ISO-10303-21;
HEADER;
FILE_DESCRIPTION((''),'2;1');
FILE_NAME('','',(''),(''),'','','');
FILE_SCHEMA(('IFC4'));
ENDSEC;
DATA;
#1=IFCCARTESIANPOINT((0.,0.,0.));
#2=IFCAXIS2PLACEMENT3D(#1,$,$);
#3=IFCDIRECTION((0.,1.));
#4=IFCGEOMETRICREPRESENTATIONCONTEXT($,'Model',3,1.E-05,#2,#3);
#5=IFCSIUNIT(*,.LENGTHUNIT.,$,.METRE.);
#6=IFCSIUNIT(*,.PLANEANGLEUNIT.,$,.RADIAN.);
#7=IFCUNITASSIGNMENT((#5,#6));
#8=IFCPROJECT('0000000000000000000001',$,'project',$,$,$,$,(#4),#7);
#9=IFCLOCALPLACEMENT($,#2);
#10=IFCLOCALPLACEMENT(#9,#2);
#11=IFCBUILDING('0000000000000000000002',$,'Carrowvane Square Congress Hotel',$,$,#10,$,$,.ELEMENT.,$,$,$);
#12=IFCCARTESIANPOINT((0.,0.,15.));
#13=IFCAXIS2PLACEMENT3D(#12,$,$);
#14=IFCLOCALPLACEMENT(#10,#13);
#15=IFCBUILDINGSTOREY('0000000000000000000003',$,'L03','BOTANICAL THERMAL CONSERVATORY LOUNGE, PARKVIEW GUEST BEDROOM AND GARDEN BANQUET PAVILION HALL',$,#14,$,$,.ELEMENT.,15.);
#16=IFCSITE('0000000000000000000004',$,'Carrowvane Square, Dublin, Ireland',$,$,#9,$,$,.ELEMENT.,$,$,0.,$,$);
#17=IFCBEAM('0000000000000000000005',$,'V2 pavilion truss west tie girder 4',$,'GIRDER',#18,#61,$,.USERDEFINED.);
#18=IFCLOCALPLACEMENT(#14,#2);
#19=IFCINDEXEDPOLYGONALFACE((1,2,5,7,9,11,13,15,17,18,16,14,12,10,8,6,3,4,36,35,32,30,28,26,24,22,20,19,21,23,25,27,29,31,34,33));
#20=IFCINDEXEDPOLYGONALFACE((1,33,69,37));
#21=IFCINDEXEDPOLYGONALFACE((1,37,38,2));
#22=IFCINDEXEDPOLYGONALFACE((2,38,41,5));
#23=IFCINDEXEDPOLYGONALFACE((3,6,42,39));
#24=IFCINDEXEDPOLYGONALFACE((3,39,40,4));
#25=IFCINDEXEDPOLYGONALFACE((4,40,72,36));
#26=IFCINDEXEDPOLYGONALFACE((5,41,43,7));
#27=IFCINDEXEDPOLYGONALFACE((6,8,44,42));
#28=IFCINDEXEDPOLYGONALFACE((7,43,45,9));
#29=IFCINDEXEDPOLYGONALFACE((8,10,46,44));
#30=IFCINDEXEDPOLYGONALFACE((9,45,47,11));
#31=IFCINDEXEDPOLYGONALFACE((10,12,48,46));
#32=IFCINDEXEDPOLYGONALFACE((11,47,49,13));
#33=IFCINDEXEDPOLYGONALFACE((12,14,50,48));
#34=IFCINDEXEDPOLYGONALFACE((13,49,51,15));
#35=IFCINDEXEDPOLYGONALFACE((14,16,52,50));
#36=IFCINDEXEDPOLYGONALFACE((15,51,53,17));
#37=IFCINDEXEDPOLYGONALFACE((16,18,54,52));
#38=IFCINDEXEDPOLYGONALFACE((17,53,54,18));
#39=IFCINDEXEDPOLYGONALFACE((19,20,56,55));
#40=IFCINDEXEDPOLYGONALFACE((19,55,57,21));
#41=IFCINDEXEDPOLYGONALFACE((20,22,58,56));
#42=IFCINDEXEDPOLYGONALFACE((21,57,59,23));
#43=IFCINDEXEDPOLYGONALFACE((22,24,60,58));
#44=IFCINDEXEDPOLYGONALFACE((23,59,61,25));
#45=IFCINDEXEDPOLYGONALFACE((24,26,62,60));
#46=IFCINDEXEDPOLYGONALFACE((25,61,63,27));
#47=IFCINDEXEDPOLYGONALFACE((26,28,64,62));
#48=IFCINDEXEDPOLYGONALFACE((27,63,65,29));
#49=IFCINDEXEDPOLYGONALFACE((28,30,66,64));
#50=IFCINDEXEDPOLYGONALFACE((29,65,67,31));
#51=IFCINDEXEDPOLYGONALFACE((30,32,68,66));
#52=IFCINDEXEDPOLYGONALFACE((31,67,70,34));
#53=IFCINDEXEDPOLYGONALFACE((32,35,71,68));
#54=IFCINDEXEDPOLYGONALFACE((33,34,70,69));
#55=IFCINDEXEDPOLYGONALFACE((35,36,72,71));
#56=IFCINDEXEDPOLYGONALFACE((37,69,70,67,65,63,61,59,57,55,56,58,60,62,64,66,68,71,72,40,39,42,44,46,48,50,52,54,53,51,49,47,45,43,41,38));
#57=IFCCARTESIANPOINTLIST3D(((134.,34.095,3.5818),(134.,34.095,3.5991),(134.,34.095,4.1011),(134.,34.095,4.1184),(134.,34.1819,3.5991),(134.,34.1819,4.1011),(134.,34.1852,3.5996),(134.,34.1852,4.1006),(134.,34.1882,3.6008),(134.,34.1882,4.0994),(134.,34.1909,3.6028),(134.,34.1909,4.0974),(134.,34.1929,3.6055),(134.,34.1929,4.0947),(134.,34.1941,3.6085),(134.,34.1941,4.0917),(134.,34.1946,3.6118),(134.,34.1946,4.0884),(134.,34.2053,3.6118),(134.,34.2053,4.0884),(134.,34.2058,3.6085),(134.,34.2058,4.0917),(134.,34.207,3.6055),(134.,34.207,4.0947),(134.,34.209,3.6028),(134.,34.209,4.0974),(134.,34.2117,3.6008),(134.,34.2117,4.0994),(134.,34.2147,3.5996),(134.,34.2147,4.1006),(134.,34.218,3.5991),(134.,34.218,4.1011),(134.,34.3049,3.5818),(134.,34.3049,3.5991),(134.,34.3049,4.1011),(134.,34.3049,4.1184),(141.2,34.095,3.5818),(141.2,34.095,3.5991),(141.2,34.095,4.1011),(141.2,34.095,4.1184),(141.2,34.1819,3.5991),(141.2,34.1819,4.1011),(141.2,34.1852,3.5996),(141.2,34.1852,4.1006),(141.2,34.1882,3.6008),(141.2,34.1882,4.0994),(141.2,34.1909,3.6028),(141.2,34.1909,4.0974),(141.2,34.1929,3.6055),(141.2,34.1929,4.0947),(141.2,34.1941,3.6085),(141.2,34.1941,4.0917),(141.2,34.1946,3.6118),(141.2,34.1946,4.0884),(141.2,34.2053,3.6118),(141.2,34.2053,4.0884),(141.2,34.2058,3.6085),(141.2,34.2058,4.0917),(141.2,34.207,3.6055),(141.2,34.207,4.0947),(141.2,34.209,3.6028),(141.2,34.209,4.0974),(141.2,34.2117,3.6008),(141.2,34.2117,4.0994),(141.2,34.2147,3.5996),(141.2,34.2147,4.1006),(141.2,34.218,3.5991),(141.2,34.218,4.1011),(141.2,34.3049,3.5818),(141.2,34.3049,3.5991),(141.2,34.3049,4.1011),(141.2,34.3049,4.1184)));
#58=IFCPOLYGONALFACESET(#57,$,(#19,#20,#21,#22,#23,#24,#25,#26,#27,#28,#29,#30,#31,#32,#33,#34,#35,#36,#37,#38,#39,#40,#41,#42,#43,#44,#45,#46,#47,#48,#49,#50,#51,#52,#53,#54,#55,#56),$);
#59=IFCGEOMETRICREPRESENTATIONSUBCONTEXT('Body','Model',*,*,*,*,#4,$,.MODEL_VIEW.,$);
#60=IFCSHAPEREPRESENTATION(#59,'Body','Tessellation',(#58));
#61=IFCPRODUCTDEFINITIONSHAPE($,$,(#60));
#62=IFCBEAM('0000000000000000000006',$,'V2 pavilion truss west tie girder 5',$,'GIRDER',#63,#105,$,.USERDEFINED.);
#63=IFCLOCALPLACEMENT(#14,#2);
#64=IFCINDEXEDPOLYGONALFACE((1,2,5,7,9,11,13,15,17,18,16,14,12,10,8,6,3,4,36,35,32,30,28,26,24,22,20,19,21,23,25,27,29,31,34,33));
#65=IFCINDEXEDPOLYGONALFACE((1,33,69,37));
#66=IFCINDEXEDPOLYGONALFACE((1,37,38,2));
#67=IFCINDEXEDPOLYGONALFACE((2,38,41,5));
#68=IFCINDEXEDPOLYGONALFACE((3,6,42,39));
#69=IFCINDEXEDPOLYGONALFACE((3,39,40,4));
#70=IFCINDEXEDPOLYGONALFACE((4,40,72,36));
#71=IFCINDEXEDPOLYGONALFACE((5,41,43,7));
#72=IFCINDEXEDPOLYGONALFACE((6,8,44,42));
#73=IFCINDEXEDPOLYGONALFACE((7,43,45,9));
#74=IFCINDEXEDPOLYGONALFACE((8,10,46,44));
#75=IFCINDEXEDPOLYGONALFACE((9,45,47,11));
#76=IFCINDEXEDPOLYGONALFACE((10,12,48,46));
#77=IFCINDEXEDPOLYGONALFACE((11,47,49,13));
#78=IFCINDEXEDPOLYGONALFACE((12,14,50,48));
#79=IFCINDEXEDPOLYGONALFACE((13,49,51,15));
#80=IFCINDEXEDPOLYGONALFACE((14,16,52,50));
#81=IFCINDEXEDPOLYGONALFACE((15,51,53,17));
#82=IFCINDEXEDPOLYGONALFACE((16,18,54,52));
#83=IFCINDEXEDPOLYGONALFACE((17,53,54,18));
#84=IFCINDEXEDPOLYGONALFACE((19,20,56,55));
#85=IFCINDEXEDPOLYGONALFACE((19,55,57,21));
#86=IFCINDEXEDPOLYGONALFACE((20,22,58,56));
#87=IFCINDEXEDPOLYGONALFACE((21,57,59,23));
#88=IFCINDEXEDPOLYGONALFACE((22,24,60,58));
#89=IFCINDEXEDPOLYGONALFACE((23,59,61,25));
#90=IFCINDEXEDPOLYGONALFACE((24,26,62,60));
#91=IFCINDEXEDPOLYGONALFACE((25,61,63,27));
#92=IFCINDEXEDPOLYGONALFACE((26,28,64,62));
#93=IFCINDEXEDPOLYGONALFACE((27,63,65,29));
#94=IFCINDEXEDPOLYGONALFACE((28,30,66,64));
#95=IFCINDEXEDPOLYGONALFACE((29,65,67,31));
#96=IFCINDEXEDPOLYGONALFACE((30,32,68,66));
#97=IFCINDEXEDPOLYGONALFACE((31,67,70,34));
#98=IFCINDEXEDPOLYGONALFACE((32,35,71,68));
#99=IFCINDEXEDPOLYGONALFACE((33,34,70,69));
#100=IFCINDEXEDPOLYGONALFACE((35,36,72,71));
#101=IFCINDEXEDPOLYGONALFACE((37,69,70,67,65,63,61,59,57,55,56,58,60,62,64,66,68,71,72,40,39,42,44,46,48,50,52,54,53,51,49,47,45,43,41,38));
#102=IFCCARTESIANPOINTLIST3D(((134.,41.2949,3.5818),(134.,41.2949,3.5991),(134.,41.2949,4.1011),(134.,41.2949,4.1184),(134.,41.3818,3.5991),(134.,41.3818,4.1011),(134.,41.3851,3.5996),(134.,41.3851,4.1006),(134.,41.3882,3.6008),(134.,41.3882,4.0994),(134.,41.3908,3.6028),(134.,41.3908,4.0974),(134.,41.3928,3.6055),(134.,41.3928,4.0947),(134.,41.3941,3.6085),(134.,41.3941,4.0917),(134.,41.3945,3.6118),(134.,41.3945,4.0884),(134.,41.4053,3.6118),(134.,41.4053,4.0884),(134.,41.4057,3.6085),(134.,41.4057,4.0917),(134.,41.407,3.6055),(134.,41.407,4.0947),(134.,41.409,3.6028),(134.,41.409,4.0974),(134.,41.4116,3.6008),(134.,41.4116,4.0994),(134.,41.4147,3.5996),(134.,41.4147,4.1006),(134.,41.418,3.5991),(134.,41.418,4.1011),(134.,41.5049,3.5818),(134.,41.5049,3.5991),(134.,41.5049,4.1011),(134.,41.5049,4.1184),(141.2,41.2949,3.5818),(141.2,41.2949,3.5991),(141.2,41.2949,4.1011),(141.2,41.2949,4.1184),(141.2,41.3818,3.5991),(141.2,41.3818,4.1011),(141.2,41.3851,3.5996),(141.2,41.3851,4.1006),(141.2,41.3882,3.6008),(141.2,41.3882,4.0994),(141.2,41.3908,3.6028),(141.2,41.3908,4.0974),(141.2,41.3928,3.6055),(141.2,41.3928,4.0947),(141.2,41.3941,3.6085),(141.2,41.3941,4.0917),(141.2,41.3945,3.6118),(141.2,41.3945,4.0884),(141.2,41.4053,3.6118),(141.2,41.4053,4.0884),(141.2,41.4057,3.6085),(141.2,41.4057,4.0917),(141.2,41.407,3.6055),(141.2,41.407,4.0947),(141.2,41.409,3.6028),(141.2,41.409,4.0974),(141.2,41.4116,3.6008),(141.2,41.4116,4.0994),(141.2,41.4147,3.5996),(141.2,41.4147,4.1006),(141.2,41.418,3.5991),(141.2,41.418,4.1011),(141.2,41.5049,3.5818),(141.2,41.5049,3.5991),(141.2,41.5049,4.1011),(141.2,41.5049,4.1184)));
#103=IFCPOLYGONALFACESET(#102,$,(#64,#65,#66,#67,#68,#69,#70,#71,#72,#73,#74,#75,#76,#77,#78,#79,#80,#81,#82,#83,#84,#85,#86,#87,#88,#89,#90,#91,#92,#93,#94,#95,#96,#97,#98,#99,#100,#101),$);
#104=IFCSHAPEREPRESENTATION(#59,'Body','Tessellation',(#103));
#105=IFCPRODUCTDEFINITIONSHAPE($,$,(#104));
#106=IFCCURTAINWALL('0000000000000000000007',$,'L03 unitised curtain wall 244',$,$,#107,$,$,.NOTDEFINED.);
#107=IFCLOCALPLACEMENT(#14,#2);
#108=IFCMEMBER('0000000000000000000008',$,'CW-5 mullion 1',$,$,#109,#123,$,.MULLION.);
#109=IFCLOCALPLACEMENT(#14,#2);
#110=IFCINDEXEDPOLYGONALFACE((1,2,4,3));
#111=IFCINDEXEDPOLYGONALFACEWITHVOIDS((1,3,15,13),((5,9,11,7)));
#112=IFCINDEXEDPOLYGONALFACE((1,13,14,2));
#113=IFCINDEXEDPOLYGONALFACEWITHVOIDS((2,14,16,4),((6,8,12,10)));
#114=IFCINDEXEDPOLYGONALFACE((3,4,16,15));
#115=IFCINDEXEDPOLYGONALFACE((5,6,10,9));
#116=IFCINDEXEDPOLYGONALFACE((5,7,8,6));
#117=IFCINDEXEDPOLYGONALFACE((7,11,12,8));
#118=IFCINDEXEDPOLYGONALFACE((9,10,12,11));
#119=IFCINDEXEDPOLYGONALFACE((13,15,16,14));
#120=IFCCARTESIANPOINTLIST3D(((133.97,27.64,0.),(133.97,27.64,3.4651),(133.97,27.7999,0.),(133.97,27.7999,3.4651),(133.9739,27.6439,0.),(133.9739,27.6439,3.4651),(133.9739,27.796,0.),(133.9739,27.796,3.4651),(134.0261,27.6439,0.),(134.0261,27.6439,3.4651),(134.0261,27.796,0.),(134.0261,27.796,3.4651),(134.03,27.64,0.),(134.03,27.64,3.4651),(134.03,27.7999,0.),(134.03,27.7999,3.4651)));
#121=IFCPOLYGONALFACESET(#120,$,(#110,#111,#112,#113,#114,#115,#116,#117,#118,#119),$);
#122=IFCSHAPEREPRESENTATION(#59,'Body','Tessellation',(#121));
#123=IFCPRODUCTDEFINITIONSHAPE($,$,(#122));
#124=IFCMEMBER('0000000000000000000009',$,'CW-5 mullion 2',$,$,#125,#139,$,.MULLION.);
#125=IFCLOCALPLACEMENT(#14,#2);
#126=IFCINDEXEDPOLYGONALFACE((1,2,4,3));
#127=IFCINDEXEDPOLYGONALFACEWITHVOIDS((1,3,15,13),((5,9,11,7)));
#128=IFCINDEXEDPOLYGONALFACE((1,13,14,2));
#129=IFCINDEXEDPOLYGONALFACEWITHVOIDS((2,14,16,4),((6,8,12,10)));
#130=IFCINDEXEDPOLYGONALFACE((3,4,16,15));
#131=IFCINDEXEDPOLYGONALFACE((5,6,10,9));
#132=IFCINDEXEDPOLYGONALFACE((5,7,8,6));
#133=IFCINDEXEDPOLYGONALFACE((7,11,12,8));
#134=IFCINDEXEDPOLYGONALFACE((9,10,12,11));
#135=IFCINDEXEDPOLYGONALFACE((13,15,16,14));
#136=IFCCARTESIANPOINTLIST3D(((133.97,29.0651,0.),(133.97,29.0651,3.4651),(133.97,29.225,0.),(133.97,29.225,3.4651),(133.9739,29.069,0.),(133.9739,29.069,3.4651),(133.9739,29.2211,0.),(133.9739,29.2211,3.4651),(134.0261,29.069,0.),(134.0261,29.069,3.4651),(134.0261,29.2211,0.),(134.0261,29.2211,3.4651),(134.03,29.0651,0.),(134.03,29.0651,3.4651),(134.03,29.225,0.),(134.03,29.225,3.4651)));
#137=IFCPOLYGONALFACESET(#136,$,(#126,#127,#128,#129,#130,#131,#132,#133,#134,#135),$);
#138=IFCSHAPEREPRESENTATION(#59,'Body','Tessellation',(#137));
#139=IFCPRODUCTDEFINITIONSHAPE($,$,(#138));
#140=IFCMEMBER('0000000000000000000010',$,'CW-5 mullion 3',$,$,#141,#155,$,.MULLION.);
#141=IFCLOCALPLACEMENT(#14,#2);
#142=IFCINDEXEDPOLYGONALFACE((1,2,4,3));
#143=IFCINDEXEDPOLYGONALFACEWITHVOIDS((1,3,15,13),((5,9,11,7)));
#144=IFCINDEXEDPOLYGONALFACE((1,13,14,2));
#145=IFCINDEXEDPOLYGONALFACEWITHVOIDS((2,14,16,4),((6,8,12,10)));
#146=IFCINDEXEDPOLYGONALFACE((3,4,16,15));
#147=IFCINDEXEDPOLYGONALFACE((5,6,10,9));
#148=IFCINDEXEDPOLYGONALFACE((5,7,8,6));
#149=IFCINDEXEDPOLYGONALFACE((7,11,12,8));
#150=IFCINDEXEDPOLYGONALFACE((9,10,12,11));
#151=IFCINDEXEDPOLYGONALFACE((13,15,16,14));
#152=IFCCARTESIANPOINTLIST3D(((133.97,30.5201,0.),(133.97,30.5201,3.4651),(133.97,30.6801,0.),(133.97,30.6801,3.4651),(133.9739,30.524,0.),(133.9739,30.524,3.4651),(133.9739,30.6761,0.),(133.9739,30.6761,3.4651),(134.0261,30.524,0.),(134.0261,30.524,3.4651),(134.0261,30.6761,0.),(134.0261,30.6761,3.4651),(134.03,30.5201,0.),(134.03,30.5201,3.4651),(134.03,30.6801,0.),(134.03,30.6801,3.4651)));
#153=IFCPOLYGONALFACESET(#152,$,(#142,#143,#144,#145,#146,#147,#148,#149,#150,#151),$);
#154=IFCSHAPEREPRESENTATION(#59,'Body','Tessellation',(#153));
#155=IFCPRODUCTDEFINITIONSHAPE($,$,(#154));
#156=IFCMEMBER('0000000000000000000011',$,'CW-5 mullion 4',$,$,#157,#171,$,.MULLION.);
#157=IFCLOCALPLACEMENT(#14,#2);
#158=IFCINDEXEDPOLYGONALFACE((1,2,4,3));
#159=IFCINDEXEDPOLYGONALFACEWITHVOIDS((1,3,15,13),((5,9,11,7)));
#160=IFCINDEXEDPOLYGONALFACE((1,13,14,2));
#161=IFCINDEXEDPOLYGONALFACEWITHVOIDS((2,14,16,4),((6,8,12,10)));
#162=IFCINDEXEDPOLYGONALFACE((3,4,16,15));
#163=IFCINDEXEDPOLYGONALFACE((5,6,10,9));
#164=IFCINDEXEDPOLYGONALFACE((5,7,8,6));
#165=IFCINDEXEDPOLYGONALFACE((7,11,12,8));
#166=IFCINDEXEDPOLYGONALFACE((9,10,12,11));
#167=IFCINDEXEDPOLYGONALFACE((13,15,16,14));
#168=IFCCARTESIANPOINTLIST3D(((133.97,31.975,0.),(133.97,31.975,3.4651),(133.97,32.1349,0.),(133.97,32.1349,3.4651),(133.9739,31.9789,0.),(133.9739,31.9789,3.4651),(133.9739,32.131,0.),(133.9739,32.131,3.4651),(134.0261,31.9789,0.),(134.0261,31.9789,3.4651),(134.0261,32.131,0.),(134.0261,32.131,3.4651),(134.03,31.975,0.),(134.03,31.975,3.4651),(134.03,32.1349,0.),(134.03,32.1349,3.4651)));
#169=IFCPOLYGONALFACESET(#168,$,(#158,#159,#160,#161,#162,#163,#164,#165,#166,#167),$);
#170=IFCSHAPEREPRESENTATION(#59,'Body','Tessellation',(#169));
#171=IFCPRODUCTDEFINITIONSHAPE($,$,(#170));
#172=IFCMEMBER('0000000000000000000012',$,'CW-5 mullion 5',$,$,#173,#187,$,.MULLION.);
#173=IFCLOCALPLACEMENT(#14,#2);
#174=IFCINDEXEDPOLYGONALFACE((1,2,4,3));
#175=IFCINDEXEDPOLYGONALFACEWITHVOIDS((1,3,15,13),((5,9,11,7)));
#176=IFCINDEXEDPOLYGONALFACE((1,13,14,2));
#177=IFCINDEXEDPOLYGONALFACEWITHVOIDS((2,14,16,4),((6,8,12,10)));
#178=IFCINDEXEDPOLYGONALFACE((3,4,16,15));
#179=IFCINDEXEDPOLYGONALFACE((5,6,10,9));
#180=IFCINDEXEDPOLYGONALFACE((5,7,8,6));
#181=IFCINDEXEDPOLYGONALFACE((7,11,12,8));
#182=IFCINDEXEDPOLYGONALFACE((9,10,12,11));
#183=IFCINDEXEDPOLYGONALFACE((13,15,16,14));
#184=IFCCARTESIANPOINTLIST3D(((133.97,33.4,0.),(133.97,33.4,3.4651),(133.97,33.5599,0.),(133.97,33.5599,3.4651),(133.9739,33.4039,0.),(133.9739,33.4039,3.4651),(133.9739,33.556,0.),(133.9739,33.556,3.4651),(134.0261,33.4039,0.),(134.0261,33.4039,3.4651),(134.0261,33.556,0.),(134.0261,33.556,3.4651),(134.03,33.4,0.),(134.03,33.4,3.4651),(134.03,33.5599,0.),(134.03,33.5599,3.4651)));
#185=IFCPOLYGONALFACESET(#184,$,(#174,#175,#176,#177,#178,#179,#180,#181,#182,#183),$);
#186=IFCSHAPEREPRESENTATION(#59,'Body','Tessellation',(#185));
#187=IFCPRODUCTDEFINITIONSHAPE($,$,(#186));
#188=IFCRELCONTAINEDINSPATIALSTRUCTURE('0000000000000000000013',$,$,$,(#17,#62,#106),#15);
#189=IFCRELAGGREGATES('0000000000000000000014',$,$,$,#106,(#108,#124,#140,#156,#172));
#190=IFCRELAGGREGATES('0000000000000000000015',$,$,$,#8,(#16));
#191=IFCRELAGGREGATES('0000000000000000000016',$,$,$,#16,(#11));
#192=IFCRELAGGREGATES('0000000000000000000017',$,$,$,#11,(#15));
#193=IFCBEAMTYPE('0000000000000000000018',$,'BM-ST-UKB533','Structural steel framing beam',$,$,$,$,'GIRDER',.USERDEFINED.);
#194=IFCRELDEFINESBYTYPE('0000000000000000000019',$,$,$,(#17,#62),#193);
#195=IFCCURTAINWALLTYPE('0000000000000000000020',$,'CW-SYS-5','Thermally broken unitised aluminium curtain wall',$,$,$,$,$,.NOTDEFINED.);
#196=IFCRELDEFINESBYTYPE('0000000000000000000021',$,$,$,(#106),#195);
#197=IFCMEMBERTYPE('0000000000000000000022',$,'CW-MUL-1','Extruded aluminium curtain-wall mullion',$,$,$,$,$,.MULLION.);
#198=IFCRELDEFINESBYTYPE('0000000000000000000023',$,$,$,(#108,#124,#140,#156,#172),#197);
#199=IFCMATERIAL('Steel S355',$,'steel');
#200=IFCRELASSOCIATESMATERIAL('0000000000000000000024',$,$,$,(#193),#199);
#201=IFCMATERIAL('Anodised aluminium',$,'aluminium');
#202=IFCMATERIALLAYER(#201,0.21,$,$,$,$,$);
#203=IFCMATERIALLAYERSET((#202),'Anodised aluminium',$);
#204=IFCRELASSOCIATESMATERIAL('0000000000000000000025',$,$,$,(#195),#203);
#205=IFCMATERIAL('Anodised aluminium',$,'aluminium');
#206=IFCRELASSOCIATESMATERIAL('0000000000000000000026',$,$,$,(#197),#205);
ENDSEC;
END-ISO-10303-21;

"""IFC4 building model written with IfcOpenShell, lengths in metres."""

from ifc_helpers import new_model, si_unit, direction, frame, origin, origin_2d, place, context, subcontext, project, spatial, hollow_rectangle, i_section, extrude, material, layer, layer_set, material_profile, profile_set, type_object, element, aggregate, save


model = new_model("IFC4")

# Units and contexts
model_context = context("Model", 3, precision=1e-05, world=origin(), true_north=direction((0.0, 1.0)))
body_context = subcontext(model_context, "Body", "Model", "MODEL_VIEW")
ifc_project = project(units=[si_unit("LENGTHUNIT", "METRE"), si_unit("PLANEANGLEUNIT", "RADIAN")], contexts=[model_context])

# Site, building, storey
site_placement = place(None, origin())
site = spatial("IfcSite", under=ifc_project, at=site_placement, Name="Carrowvane Square, Dublin, Ireland", CompositionType="ELEMENT", RefElevation=0.0)
building_placement = place(site_placement, origin())
building = spatial("IfcBuilding", under=site, at=building_placement, Name="Carrowvane Square Congress Hotel", CompositionType="ELEMENT")
storey_placement = place(building_placement, frame((0.0, 0.0, 15.0)))
storey = spatial("IfcBuildingStorey", under=building, at=storey_placement, Name="L03", Description="BOTANICAL THERMAL CONSERVATORY LOUNGE, PARKVIEW GUEST BEDROOM AND GARDEN BANQUET PAVILION HALL", CompositionType="ELEMENT", Elevation=15.0)

# Beams
ifc_material_1 = material(Name="Steel S355", Category="steel")
ifc_material_profile_1 = material_profile(ifc_material_1, i_section(OverallWidth=0.21, OverallDepth=0.5366, WebThickness=0.0107, FlangeThickness=0.0173, FilletRadius=0.0127, at=origin_2d()), Name="UKB 533x210x101")
ifc_profile_set_1 = profile_set([ifc_material_profile_1], Name="Steel S355")
beam_type_1 = type_object("IfcBeamType", Name="BM-ST-UKB533", Description="Structural steel framing beam", ElementType="GIRDER", PredefinedType="USERDEFINED", material=ifc_profile_set_1)
for number, where, z_axis, x_axis, name in (
    (1, (134.0, 34.2, 3.8501), (1.0, 0.0, 0.0), (0.0, 1.0, 0.0), "V2 pavilion truss west tie girder 4"),
    (2, (134.0, 41.3999, 3.8501), (1.0, 0.0, 0.0), (0.0, 1.0, 0.0), "V2 pavilion truss west tie girder 5"),
):
    element("IfcBeam", number, at=place(storey_placement, frame(where, z_axis=z_axis, x_axis=x_axis)), inside=storey, type_object=beam_type_1, Name=name, ObjectType="GIRDER", PredefinedType="USERDEFINED", context=body_context, shape_type="SweptSolid", body=[
        extrude(i_section(OverallWidth=0.21, OverallDepth=0.5366, WebThickness=0.0107, FlangeThickness=0.0173, FilletRadius=0.0127, at=origin_2d()), origin(), (0.0, 0.0, 1.0), 7.2),
    ])

# Curtain wall, members
ifc_material_2 = material(Name="Anodised aluminium", Category="aluminium")
ifc_layer_1 = layer(ifc_material_2, 0.21)
ifc_layer_set_1 = layer_set([ifc_layer_1], Name="Anodised aluminium")
curtain_wall_type_1 = type_object("IfcCurtainWallType", Name="CW-SYS-5", Description="Thermally broken unitised aluminium curtain wall", PredefinedType="NOTDEFINED", material=ifc_layer_set_1)
curtain_wall_1_placement = place(storey_placement, origin())
curtain_wall_1 = element("IfcCurtainWall", 3, at=curtain_wall_1_placement, inside=storey, type_object=curtain_wall_type_1, Name="L03 unitised curtain wall 244", PredefinedType="NOTDEFINED")
ifc_material_3 = material(Name="Anodised aluminium", Category="aluminium")
ifc_material_profile_2 = material_profile(ifc_material_3, hollow_rectangle(XDim=0.0601, YDim=0.1599, WallThickness=0.0039, at=origin_2d()), Name="CW-ML 60x160x4")
ifc_profile_set_2 = profile_set([ifc_material_profile_2], Name="Anodised aluminium")
member_type_1 = type_object("IfcMemberType", Name="CW-MUL-1", Description="Extruded aluminium curtain-wall mullion", PredefinedType="MULLION", material=ifc_profile_set_2)
member_1_placement = place(storey_placement, frame((134.0, 27.72, 0.0), z_axis=(0.0, 0.0, 1.0), x_axis=(-1.0, 0.0, 0.0)))
member_1 = element("IfcMember", 4, at=member_1_placement, type_object=member_type_1, Name="CW-5 mullion 1", PredefinedType="MULLION", context=body_context, shape_type="SweptSolid", body=[
    extrude(hollow_rectangle(XDim=0.0601, YDim=0.1599, WallThickness=0.0039, at=origin_2d()), origin(), (0.0, 0.0, 1.0), 3.4651),
])
member_2_placement = place(storey_placement, frame((134.0, 29.145, 0.0), z_axis=(0.0, 0.0, 1.0), x_axis=(-1.0, 0.0, 0.0)))
member_2 = element("IfcMember", 5, at=member_2_placement, type_object=member_type_1, Name="CW-5 mullion 2", PredefinedType="MULLION", context=body_context, shape_type="SweptSolid", body=[
    extrude(hollow_rectangle(XDim=0.0601, YDim=0.1599, WallThickness=0.0039, at=origin_2d()), origin(), (0.0, 0.0, 1.0), 3.4651),
])
member_3_placement = place(storey_placement, frame((134.0, 30.6001, 0.0), z_axis=(0.0, 0.0, 1.0), x_axis=(-1.0, 0.0, 0.0)))
member_3 = element("IfcMember", 6, at=member_3_placement, type_object=member_type_1, Name="CW-5 mullion 3", PredefinedType="MULLION", context=body_context, shape_type="SweptSolid", body=[
    extrude(hollow_rectangle(XDim=0.0601, YDim=0.1599, WallThickness=0.0039, at=origin_2d()), origin(), (0.0, 0.0, 1.0), 3.4651),
])
member_4_placement = place(storey_placement, frame((134.0, 32.0549, 0.0), z_axis=(0.0, 0.0, 1.0), x_axis=(-1.0, 0.0, 0.0)))
member_4 = element("IfcMember", 7, at=member_4_placement, type_object=member_type_1, Name="CW-5 mullion 4", PredefinedType="MULLION", context=body_context, shape_type="SweptSolid", body=[
    extrude(hollow_rectangle(XDim=0.0601, YDim=0.1599, WallThickness=0.0039, at=origin_2d()), origin(), (0.0, 0.0, 1.0), 3.4651),
])
member_5_placement = place(storey_placement, frame((134.0, 33.48, 0.0), z_axis=(0.0, 0.0, 1.0), x_axis=(-1.0, 0.0, 0.0)))
member_5 = element("IfcMember", 8, at=member_5_placement, type_object=member_type_1, Name="CW-5 mullion 5", PredefinedType="MULLION", context=body_context, shape_type="SweptSolid", body=[
    extrude(hollow_rectangle(XDim=0.0601, YDim=0.1599, WallThickness=0.0039, at=origin_2d()), origin(), (0.0, 0.0, 1.0), 3.4651),
])

aggregate(curtain_wall_1, [member_1, member_2, member_3, member_4, member_5])

save(model, "model.ifc")
